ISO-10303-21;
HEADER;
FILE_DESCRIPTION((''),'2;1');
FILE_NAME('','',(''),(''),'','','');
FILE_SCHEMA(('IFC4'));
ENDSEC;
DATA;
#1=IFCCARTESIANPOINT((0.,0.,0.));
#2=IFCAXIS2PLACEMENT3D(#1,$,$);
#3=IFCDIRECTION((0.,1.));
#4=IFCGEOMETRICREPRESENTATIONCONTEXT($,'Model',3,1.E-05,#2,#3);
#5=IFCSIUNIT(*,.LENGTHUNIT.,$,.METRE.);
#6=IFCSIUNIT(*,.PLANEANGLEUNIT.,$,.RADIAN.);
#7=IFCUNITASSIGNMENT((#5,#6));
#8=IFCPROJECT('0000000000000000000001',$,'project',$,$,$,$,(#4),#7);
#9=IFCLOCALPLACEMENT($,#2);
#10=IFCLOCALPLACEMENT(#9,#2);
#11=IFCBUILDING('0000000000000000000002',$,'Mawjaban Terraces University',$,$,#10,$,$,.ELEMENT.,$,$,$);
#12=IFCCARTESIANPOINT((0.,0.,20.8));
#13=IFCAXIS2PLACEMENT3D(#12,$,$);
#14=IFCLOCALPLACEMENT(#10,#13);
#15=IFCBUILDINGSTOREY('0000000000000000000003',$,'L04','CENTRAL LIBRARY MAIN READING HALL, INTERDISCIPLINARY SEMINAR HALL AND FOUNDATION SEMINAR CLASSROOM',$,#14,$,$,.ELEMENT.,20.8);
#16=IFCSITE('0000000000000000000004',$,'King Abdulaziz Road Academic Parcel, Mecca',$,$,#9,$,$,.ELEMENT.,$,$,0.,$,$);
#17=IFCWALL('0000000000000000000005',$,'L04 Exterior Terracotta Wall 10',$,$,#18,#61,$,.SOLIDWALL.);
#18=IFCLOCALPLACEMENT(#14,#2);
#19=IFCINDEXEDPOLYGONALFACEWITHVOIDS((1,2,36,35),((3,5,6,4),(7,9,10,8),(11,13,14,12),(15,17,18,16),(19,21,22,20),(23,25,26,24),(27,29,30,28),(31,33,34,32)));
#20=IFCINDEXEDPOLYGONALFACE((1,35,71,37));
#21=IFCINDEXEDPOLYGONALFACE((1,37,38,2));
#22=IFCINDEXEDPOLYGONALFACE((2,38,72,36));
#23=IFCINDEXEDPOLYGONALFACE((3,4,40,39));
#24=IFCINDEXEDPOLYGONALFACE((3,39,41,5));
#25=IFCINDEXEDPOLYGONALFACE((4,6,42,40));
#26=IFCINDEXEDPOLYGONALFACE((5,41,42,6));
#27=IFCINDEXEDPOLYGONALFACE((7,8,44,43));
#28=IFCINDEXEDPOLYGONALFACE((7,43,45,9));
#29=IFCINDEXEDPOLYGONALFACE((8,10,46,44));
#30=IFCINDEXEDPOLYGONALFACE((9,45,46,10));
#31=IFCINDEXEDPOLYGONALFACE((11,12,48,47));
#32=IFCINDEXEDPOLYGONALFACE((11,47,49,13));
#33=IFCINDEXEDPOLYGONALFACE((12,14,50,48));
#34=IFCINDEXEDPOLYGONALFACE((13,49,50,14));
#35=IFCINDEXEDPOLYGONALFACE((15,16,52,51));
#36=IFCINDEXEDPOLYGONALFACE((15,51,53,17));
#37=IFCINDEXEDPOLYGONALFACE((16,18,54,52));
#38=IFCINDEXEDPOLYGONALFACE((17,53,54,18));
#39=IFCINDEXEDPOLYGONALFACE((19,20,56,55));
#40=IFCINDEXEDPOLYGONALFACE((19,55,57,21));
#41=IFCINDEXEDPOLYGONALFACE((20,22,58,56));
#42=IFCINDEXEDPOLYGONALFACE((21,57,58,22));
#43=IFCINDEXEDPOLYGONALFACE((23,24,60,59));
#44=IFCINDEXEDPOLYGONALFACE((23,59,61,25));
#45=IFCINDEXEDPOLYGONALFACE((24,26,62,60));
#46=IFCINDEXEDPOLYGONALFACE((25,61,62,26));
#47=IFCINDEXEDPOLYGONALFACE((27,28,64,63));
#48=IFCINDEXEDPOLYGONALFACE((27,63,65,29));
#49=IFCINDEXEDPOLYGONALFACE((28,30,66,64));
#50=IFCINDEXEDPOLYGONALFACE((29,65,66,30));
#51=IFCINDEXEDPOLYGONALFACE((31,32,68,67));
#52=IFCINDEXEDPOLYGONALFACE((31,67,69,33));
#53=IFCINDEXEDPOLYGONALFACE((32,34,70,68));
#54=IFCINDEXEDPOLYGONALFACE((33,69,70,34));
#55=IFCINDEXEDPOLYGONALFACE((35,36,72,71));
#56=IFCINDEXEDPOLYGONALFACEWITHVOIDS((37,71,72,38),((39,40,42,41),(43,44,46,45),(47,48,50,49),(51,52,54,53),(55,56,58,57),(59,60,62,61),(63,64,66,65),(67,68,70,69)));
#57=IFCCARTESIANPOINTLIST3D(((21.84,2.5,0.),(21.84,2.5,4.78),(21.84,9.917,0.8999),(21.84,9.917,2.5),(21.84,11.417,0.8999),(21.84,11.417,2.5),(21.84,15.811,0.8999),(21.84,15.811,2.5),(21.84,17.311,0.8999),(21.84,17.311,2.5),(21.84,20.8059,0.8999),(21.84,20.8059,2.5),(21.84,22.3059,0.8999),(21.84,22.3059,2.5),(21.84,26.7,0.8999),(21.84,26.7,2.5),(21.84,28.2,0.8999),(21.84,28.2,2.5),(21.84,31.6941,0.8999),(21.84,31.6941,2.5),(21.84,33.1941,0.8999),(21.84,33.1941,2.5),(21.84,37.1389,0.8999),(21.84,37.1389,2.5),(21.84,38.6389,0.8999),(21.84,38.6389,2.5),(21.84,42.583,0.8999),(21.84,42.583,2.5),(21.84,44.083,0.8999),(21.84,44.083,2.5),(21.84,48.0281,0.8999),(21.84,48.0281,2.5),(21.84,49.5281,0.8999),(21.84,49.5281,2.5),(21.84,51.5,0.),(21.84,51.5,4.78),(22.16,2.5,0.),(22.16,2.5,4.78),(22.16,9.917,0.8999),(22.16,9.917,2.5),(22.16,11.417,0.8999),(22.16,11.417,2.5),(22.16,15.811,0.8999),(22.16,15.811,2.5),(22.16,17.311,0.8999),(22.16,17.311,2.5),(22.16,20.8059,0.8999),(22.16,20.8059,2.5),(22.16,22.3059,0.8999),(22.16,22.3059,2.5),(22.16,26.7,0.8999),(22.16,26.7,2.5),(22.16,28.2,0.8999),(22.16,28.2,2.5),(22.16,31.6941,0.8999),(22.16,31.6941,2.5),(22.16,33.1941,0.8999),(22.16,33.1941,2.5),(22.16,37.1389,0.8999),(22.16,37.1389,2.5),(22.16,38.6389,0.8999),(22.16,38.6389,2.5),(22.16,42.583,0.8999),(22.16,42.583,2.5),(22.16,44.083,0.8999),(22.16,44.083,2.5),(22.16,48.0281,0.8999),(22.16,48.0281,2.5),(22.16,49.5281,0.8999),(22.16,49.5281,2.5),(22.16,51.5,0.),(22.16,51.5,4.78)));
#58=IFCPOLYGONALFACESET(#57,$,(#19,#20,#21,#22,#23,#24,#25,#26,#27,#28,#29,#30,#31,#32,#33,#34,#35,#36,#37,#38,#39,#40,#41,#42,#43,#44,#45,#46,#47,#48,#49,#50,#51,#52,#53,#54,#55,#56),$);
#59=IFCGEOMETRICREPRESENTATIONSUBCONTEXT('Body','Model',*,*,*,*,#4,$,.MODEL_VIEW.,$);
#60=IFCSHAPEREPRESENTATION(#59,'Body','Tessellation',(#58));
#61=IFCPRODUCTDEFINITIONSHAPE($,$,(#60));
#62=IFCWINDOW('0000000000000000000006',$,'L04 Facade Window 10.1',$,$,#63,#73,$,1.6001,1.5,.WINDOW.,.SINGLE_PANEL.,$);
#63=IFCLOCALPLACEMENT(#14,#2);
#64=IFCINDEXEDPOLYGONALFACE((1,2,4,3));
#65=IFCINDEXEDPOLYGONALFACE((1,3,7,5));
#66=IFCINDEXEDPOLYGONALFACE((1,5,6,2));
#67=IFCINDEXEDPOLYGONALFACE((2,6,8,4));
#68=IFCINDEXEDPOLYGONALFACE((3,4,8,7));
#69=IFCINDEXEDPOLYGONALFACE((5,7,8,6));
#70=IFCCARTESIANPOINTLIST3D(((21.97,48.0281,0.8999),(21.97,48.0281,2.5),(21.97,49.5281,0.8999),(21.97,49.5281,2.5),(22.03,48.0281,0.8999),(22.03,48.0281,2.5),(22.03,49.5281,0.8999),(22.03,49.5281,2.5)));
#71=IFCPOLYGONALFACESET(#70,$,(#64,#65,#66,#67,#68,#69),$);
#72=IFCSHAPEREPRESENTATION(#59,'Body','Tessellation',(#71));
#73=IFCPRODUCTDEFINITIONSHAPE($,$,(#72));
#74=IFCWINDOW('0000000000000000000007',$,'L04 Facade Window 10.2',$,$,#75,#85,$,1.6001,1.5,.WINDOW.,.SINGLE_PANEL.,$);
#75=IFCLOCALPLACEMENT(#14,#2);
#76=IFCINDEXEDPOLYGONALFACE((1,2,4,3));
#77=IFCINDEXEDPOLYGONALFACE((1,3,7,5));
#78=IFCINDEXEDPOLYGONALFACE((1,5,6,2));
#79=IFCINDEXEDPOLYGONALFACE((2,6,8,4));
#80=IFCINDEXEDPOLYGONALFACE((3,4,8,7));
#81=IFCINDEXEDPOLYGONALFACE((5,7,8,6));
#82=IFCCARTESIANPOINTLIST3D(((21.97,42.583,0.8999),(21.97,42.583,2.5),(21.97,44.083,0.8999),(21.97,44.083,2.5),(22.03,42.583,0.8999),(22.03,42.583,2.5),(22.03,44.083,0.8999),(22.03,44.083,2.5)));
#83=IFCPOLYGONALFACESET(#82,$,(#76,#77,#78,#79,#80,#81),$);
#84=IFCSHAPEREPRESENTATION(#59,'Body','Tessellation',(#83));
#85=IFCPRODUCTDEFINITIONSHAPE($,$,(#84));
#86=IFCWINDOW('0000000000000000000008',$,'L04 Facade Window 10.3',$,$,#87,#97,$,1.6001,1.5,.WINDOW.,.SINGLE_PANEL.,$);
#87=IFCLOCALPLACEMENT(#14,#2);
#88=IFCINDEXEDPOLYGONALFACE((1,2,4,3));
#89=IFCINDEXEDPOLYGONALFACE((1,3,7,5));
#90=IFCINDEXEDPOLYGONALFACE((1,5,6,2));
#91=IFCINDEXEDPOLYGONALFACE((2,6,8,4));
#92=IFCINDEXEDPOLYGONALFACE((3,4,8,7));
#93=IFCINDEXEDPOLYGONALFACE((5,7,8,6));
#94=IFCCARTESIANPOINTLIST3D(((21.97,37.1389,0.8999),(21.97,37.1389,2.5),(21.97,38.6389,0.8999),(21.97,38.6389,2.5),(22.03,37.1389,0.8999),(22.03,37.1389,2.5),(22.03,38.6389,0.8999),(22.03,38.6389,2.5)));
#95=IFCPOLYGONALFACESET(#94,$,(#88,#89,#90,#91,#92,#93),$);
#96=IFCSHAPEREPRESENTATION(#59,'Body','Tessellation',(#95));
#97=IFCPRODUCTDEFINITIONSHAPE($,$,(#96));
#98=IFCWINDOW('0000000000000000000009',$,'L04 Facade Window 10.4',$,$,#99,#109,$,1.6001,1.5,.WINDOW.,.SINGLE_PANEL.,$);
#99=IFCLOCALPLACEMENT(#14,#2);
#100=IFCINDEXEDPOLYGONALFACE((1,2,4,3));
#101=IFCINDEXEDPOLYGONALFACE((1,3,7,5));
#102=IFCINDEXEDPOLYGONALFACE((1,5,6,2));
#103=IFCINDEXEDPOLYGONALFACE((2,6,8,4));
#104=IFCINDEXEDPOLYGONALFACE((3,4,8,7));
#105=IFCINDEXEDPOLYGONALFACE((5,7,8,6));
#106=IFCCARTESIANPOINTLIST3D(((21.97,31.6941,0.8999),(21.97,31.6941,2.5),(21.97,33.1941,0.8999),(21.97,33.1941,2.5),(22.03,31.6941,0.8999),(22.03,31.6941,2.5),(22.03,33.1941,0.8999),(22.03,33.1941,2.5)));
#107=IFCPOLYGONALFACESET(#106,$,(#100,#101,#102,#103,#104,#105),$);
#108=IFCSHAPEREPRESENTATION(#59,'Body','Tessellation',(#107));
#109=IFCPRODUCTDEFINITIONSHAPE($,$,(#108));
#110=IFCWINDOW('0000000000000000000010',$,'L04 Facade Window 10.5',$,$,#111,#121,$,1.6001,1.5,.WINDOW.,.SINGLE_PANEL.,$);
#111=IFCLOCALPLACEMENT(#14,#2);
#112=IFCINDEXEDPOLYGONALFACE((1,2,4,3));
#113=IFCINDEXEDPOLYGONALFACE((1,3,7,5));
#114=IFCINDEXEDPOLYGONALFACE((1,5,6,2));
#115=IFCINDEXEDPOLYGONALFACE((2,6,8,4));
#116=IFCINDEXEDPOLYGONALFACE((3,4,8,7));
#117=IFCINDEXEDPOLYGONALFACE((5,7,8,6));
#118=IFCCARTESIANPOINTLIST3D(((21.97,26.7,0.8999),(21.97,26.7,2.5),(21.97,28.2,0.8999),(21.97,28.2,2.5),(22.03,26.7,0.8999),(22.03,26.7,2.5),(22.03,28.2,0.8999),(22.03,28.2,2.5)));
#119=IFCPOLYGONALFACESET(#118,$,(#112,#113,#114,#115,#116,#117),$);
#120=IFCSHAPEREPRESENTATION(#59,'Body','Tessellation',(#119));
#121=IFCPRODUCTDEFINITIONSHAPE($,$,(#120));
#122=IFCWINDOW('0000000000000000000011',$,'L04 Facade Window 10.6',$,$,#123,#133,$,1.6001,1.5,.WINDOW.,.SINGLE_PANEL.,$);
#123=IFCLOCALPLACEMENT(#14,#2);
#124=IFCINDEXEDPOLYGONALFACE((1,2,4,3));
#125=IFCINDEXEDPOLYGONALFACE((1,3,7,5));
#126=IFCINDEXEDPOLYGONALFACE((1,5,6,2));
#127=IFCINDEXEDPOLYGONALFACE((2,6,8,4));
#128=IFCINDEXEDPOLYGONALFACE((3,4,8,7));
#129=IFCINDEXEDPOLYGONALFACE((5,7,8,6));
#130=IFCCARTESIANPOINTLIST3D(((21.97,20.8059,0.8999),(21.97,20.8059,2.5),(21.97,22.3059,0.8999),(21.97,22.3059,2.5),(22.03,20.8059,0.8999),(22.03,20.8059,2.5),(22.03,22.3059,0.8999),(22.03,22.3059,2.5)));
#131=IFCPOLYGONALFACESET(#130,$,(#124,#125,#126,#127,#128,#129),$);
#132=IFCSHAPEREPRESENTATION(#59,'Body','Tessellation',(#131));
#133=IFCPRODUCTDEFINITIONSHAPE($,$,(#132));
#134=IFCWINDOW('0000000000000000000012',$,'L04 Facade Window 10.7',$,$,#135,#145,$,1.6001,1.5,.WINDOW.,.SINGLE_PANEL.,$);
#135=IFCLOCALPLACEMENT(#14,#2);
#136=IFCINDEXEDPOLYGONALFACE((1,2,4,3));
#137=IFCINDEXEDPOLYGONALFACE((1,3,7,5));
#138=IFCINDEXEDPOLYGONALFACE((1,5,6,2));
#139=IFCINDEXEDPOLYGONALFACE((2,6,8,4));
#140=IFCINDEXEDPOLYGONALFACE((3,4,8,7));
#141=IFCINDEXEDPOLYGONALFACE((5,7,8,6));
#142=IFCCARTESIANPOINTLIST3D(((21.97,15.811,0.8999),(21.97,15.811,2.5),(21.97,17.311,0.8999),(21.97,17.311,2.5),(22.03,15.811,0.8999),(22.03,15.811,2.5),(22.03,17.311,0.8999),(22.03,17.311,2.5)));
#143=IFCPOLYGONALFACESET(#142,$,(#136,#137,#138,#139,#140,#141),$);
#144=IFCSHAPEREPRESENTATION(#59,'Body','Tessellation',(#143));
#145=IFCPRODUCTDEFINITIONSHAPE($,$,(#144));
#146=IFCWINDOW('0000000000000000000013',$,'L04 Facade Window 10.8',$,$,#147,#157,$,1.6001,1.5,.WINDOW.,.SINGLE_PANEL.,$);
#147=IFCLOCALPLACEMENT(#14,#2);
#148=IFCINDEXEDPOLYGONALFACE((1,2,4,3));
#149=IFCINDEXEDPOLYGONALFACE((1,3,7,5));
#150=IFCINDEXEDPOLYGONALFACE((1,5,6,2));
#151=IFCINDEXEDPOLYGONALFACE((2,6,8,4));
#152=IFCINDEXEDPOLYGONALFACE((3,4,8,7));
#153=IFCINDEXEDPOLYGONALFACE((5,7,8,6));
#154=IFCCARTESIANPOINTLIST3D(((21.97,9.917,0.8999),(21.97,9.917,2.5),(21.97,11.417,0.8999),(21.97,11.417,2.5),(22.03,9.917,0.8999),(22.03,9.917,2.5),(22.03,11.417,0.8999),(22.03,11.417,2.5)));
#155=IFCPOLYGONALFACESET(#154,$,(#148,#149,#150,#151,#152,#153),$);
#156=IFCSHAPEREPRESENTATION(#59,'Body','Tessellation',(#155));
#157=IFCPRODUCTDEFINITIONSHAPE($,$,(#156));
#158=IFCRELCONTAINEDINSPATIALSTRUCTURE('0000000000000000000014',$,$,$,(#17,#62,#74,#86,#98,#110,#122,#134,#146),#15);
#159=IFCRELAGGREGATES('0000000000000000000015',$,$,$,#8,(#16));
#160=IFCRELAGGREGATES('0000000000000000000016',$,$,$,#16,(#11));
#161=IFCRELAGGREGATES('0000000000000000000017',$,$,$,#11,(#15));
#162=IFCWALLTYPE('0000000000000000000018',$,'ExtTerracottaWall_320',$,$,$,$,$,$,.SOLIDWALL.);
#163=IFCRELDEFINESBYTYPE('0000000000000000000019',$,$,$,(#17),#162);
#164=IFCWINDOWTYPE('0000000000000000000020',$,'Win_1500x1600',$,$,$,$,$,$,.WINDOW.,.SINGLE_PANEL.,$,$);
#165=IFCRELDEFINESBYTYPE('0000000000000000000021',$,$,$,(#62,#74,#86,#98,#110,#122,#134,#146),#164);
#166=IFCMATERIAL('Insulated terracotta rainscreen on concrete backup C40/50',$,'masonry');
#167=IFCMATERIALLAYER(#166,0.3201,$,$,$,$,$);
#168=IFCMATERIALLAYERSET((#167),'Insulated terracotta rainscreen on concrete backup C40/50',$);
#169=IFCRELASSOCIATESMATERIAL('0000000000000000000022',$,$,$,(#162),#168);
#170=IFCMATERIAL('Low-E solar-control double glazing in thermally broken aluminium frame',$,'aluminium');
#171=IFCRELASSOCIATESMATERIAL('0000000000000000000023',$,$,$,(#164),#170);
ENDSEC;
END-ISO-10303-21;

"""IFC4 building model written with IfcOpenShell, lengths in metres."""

from ifc_helpers import new_model, si_unit, direction, frame, frame_2d, origin, place, context, subcontext, project, spatial, rectangle, extrude, material, layer, layer_set, type_object, element, fill, save


model = new_model("IFC4")

# Units and contexts
model_context = context("Model", 3, precision=1e-05, world=origin(), true_north=direction((0.0, 1.0)))
body_context = subcontext(model_context, "Body", "Model", "MODEL_VIEW")
ifc_project = project(units=[si_unit("LENGTHUNIT", "METRE"), si_unit("PLANEANGLEUNIT", "RADIAN")], contexts=[model_context])

# Site, building, storey
site_placement = place(None, origin())
site = spatial("IfcSite", under=ifc_project, at=site_placement, Name="King Abdulaziz Road Academic Parcel, Mecca", CompositionType="ELEMENT", RefElevation=0.0)
building_placement = place(site_placement, origin())
building = spatial("IfcBuilding", under=site, at=building_placement, Name="Mawjaban Terraces University", CompositionType="ELEMENT")
storey_placement = place(building_placement, frame((0.0, 0.0, 20.8)))
storey = spatial("IfcBuildingStorey", under=building, at=storey_placement, Name="L04", Description="CENTRAL LIBRARY MAIN READING HALL, INTERDISCIPLINARY SEMINAR HALL AND FOUNDATION SEMINAR CLASSROOM", CompositionType="ELEMENT", Elevation=20.8)

# Shared definitions
ifc_material_1 = material(Name="Insulated terracotta rainscreen on concrete backup C40/50", Category="masonry")
ifc_layer_1 = layer(ifc_material_1, 0.3201)
ifc_layer_set_1 = layer_set([ifc_layer_1], Name="Insulated terracotta rainscreen on concrete backup C40/50")
wall_type_1 = type_object("IfcWallType", Name="ExtTerracottaWall_320", PredefinedType="SOLIDWALL", material=ifc_layer_set_1)

# Wall, openings, windows
wall_1_placement = place(storey_placement, frame((22.0, 51.5, 0.0), z_axis=(0.0, 0.0, 1.0), x_axis=(0.0, -1.0, 0.0)))
wall_1 = element("IfcWall", 1, at=wall_1_placement, inside=storey, type_object=wall_type_1, Name="L04 Exterior Terracotta Wall 10", PredefinedType="SOLIDWALL", context=body_context, shape_type="SweptSolid", body=[
    extrude(rectangle(XDim=49.0, YDim=0.3201, at=frame_2d((24.5, 0.0))), origin(), (0.0, 0.0, 1.0), 4.78),
])
opening_1_placement = place(wall_1_placement, frame((1.9719, 0.0, 0.8999)))
opening_1 = element("IfcOpeningElement", 2, at=opening_1_placement, cuts=wall_1, PredefinedType="OPENING", context=body_context, shape_type="SweptSolid", body=[
    extrude(rectangle(XDim=1.5, YDim=1.6001, at=frame_2d((0.75, 0.8))), frame((0.0, 0.1699, 0.0), z_axis=(0.0, -1.0, 0.0), x_axis=(1.0, 0.0, 0.0)), (0.0, 0.0, 1.0), 0.3401),
])
opening_2_placement = place(wall_1_placement, frame((7.417, 0.0, 0.8999)))
opening_2 = element("IfcOpeningElement", 3, at=opening_2_placement, cuts=wall_1, PredefinedType="OPENING", context=body_context, shape_type="SweptSolid", body=[
    extrude(rectangle(XDim=1.5, YDim=1.6001, at=frame_2d((0.75, 0.8))), frame((0.0, 0.1699, 0.0), z_axis=(0.0, -1.0, 0.0), x_axis=(1.0, 0.0, 0.0)), (0.0, 0.0, 1.0), 0.3401),
])
opening_3_placement = place(wall_1_placement, frame((12.8611, 0.0, 0.8999)))
opening_3 = element("IfcOpeningElement", 4, at=opening_3_placement, cuts=wall_1, PredefinedType="OPENING", context=body_context, shape_type="SweptSolid", body=[
    extrude(rectangle(XDim=1.5, YDim=1.6001, at=frame_2d((0.75, 0.8))), frame((0.0, 0.1699, 0.0), z_axis=(0.0, -1.0, 0.0), x_axis=(1.0, 0.0, 0.0)), (0.0, 0.0, 1.0), 0.3401),
])
opening_4_placement = place(wall_1_placement, frame((18.3059, 0.0, 0.8999)))
opening_4 = element("IfcOpeningElement", 5, at=opening_4_placement, cuts=wall_1, PredefinedType="OPENING", context=body_context, shape_type="SweptSolid", body=[
    extrude(rectangle(XDim=1.5, YDim=1.6001, at=frame_2d((0.75, 0.8))), frame((0.0, 0.1699, 0.0), z_axis=(0.0, -1.0, 0.0), x_axis=(1.0, 0.0, 0.0)), (0.0, 0.0, 1.0), 0.3401),
])
opening_5_placement = place(wall_1_placement, frame((23.3, 0.0, 0.8999)))
opening_5 = element("IfcOpeningElement", 6, at=opening_5_placement, cuts=wall_1, PredefinedType="OPENING", context=body_context, shape_type="SweptSolid", body=[
    extrude(rectangle(XDim=1.5, YDim=1.6001, at=frame_2d((0.75, 0.8))), frame((0.0, 0.1699, 0.0), z_axis=(0.0, -1.0, 0.0), x_axis=(1.0, 0.0, 0.0)), (0.0, 0.0, 1.0), 0.3401),
])
opening_6_placement = place(wall_1_placement, frame((29.1941, 0.0, 0.8999)))
opening_6 = element("IfcOpeningElement", 7, at=opening_6_placement, cuts=wall_1, PredefinedType="OPENING", context=body_context, shape_type="SweptSolid", body=[
    extrude(rectangle(XDim=1.5, YDim=1.6001, at=frame_2d((0.75, 0.8))), frame((0.0, 0.1699, 0.0), z_axis=(0.0, -1.0, 0.0), x_axis=(1.0, 0.0, 0.0)), (0.0, 0.0, 1.0), 0.3401),
])
opening_7_placement = place(wall_1_placement, frame((34.189, 0.0, 0.8999)))
opening_7 = element("IfcOpeningElement", 8, at=opening_7_placement, cuts=wall_1, PredefinedType="OPENING", context=body_context, shape_type="SweptSolid", body=[
    extrude(rectangle(XDim=1.5, YDim=1.6001, at=frame_2d((0.75, 0.8))), frame((0.0, 0.1699, 0.0), z_axis=(0.0, -1.0, 0.0), x_axis=(1.0, 0.0, 0.0)), (0.0, 0.0, 1.0), 0.3401),
])
opening_8_placement = place(wall_1_placement, frame((40.083, 0.0, 0.8999)))
opening_8 = element("IfcOpeningElement", 9, at=opening_8_placement, cuts=wall_1, PredefinedType="OPENING", context=body_context, shape_type="SweptSolid", body=[
    extrude(rectangle(XDim=1.5, YDim=1.6001, at=frame_2d((0.75, 0.8))), frame((0.0, 0.1699, 0.0), z_axis=(0.0, -1.0, 0.0), x_axis=(1.0, 0.0, 0.0)), (0.0, 0.0, 1.0), 0.3401),
])
ifc_material_2 = material(Name="Low-E solar-control double glazing in thermally broken aluminium frame", Category="aluminium")
window_type = type_object("IfcWindowType", Name="Win_1500x1600", PartitioningType="SINGLE_PANEL", PredefinedType="WINDOW", material=ifc_material_2)
window_1_placement = place(opening_1_placement, origin())
window_1 = element("IfcWindow", 10, at=window_1_placement, inside=storey, type_object=window_type, Name="L04 Facade Window 10.1", OverallHeight=1.6001, OverallWidth=1.5, PartitioningType="SINGLE_PANEL", PredefinedType="WINDOW", context=body_context, shape_type="SweptSolid", body=[
    extrude(rectangle(XDim=1.5, YDim=1.6001, at=frame_2d((0.75, 0.8))), frame((0.0, 0.03, 0.0), z_axis=(0.0, -1.0, 0.0), x_axis=(1.0, 0.0, 0.0)), (0.0, 0.0, 1.0), 0.0601),
])
fill(opening_1, window_1)
window_2_placement = place(opening_2_placement, origin())
window_2 = element("IfcWindow", 11, at=window_2_placement, inside=storey, type_object=window_type, Name="L04 Facade Window 10.2", OverallHeight=1.6001, OverallWidth=1.5, PartitioningType="SINGLE_PANEL", PredefinedType="WINDOW", context=body_context, shape_type="SweptSolid", body=[
    extrude(rectangle(XDim=1.5, YDim=1.6001, at=frame_2d((0.75, 0.8))), frame((0.0, 0.03, 0.0), z_axis=(0.0, -1.0, 0.0), x_axis=(1.0, 0.0, 0.0)), (0.0, 0.0, 1.0), 0.0601),
])
fill(opening_2, window_2)
window_3_placement = place(opening_3_placement, origin())
window_3 = element("IfcWindow", 12, at=window_3_placement, inside=storey, type_object=window_type, Name="L04 Facade Window 10.3", OverallHeight=1.6001, OverallWidth=1.5, PartitioningType="SINGLE_PANEL", PredefinedType="WINDOW", context=body_context, shape_type="SweptSolid", body=[
    extrude(rectangle(XDim=1.5, YDim=1.6001, at=frame_2d((0.75, 0.8))), frame((0.0, 0.03, 0.0), z_axis=(0.0, -1.0, 0.0), x_axis=(1.0, 0.0, 0.0)), (0.0, 0.0, 1.0), 0.0601),
])
fill(opening_3, window_3)
window_4_placement = place(opening_4_placement, origin())
window_4 = element("IfcWindow", 13, at=window_4_placement, inside=storey, type_object=window_type, Name="L04 Facade Window 10.4", OverallHeight=1.6001, OverallWidth=1.5, PartitioningType="SINGLE_PANEL", PredefinedType="WINDOW", context=body_context, shape_type="SweptSolid", body=[
    extrude(rectangle(XDim=1.5, YDim=1.6001, at=frame_2d((0.75, 0.8))), frame((0.0, 0.03, 0.0), z_axis=(0.0, -1.0, 0.0), x_axis=(1.0, 0.0, 0.0)), (0.0, 0.0, 1.0), 0.0601),
])
fill(opening_4, window_4)
window_5_placement = place(opening_5_placement, origin())
window_5 = element("IfcWindow", 14, at=window_5_placement, inside=storey, type_object=window_type, Name="L04 Facade Window 10.5", OverallHeight=1.6001, OverallWidth=1.5, PartitioningType="SINGLE_PANEL", PredefinedType="WINDOW", context=body_context, shape_type="SweptSolid", body=[
    extrude(rectangle(XDim=1.5, YDim=1.6001, at=frame_2d((0.75, 0.8))), frame((0.0, 0.03, 0.0), z_axis=(0.0, -1.0, 0.0), x_axis=(1.0, 0.0, 0.0)), (0.0, 0.0, 1.0), 0.0601),
])
fill(opening_5, window_5)
window_6_placement = place(opening_6_placement, origin())
window_6 = element("IfcWindow", 15, at=window_6_placement, inside=storey, type_object=window_type, Name="L04 Facade Window 10.6", OverallHeight=1.6001, OverallWidth=1.5, PartitioningType="SINGLE_PANEL", PredefinedType="WINDOW", context=body_context, shape_type="SweptSolid", body=[
    extrude(rectangle(XDim=1.5, YDim=1.6001, at=frame_2d((0.75, 0.8))), frame((0.0, 0.03, 0.0), z_axis=(0.0, -1.0, 0.0), x_axis=(1.0, 0.0, 0.0)), (0.0, 0.0, 1.0), 0.0601),
])
fill(opening_6, window_6)
window_7_placement = place(opening_7_placement, origin())
window_7 = element("IfcWindow", 16, at=window_7_placement, inside=storey, type_object=window_type, Name="L04 Facade Window 10.7", OverallHeight=1.6001, OverallWidth=1.5, PartitioningType="SINGLE_PANEL", PredefinedType="WINDOW", context=body_context, shape_type="SweptSolid", body=[
    extrude(rectangle(XDim=1.5, YDim=1.6001, at=frame_2d((0.75, 0.8))), frame((0.0, 0.03, 0.0), z_axis=(0.0, -1.0, 0.0), x_axis=(1.0, 0.0, 0.0)), (0.0, 0.0, 1.0), 0.0601),
])
fill(opening_7, window_7)
window_8_placement = place(opening_8_placement, origin())
window_8 = element("IfcWindow", 17, at=window_8_placement, inside=storey, type_object=window_type, Name="L04 Facade Window 10.8", OverallHeight=1.6001, OverallWidth=1.5, PartitioningType="SINGLE_PANEL", PredefinedType="WINDOW", context=body_context, shape_type="SweptSolid", body=[
    extrude(rectangle(XDim=1.5, YDim=1.6001, at=frame_2d((0.75, 0.8))), frame((0.0, 0.03, 0.0), z_axis=(0.0, -1.0, 0.0), x_axis=(1.0, 0.0, 0.0)), (0.0, 0.0, 1.0), 0.0601),
])
fill(opening_8, window_8)

save(model, "model.ifc")
